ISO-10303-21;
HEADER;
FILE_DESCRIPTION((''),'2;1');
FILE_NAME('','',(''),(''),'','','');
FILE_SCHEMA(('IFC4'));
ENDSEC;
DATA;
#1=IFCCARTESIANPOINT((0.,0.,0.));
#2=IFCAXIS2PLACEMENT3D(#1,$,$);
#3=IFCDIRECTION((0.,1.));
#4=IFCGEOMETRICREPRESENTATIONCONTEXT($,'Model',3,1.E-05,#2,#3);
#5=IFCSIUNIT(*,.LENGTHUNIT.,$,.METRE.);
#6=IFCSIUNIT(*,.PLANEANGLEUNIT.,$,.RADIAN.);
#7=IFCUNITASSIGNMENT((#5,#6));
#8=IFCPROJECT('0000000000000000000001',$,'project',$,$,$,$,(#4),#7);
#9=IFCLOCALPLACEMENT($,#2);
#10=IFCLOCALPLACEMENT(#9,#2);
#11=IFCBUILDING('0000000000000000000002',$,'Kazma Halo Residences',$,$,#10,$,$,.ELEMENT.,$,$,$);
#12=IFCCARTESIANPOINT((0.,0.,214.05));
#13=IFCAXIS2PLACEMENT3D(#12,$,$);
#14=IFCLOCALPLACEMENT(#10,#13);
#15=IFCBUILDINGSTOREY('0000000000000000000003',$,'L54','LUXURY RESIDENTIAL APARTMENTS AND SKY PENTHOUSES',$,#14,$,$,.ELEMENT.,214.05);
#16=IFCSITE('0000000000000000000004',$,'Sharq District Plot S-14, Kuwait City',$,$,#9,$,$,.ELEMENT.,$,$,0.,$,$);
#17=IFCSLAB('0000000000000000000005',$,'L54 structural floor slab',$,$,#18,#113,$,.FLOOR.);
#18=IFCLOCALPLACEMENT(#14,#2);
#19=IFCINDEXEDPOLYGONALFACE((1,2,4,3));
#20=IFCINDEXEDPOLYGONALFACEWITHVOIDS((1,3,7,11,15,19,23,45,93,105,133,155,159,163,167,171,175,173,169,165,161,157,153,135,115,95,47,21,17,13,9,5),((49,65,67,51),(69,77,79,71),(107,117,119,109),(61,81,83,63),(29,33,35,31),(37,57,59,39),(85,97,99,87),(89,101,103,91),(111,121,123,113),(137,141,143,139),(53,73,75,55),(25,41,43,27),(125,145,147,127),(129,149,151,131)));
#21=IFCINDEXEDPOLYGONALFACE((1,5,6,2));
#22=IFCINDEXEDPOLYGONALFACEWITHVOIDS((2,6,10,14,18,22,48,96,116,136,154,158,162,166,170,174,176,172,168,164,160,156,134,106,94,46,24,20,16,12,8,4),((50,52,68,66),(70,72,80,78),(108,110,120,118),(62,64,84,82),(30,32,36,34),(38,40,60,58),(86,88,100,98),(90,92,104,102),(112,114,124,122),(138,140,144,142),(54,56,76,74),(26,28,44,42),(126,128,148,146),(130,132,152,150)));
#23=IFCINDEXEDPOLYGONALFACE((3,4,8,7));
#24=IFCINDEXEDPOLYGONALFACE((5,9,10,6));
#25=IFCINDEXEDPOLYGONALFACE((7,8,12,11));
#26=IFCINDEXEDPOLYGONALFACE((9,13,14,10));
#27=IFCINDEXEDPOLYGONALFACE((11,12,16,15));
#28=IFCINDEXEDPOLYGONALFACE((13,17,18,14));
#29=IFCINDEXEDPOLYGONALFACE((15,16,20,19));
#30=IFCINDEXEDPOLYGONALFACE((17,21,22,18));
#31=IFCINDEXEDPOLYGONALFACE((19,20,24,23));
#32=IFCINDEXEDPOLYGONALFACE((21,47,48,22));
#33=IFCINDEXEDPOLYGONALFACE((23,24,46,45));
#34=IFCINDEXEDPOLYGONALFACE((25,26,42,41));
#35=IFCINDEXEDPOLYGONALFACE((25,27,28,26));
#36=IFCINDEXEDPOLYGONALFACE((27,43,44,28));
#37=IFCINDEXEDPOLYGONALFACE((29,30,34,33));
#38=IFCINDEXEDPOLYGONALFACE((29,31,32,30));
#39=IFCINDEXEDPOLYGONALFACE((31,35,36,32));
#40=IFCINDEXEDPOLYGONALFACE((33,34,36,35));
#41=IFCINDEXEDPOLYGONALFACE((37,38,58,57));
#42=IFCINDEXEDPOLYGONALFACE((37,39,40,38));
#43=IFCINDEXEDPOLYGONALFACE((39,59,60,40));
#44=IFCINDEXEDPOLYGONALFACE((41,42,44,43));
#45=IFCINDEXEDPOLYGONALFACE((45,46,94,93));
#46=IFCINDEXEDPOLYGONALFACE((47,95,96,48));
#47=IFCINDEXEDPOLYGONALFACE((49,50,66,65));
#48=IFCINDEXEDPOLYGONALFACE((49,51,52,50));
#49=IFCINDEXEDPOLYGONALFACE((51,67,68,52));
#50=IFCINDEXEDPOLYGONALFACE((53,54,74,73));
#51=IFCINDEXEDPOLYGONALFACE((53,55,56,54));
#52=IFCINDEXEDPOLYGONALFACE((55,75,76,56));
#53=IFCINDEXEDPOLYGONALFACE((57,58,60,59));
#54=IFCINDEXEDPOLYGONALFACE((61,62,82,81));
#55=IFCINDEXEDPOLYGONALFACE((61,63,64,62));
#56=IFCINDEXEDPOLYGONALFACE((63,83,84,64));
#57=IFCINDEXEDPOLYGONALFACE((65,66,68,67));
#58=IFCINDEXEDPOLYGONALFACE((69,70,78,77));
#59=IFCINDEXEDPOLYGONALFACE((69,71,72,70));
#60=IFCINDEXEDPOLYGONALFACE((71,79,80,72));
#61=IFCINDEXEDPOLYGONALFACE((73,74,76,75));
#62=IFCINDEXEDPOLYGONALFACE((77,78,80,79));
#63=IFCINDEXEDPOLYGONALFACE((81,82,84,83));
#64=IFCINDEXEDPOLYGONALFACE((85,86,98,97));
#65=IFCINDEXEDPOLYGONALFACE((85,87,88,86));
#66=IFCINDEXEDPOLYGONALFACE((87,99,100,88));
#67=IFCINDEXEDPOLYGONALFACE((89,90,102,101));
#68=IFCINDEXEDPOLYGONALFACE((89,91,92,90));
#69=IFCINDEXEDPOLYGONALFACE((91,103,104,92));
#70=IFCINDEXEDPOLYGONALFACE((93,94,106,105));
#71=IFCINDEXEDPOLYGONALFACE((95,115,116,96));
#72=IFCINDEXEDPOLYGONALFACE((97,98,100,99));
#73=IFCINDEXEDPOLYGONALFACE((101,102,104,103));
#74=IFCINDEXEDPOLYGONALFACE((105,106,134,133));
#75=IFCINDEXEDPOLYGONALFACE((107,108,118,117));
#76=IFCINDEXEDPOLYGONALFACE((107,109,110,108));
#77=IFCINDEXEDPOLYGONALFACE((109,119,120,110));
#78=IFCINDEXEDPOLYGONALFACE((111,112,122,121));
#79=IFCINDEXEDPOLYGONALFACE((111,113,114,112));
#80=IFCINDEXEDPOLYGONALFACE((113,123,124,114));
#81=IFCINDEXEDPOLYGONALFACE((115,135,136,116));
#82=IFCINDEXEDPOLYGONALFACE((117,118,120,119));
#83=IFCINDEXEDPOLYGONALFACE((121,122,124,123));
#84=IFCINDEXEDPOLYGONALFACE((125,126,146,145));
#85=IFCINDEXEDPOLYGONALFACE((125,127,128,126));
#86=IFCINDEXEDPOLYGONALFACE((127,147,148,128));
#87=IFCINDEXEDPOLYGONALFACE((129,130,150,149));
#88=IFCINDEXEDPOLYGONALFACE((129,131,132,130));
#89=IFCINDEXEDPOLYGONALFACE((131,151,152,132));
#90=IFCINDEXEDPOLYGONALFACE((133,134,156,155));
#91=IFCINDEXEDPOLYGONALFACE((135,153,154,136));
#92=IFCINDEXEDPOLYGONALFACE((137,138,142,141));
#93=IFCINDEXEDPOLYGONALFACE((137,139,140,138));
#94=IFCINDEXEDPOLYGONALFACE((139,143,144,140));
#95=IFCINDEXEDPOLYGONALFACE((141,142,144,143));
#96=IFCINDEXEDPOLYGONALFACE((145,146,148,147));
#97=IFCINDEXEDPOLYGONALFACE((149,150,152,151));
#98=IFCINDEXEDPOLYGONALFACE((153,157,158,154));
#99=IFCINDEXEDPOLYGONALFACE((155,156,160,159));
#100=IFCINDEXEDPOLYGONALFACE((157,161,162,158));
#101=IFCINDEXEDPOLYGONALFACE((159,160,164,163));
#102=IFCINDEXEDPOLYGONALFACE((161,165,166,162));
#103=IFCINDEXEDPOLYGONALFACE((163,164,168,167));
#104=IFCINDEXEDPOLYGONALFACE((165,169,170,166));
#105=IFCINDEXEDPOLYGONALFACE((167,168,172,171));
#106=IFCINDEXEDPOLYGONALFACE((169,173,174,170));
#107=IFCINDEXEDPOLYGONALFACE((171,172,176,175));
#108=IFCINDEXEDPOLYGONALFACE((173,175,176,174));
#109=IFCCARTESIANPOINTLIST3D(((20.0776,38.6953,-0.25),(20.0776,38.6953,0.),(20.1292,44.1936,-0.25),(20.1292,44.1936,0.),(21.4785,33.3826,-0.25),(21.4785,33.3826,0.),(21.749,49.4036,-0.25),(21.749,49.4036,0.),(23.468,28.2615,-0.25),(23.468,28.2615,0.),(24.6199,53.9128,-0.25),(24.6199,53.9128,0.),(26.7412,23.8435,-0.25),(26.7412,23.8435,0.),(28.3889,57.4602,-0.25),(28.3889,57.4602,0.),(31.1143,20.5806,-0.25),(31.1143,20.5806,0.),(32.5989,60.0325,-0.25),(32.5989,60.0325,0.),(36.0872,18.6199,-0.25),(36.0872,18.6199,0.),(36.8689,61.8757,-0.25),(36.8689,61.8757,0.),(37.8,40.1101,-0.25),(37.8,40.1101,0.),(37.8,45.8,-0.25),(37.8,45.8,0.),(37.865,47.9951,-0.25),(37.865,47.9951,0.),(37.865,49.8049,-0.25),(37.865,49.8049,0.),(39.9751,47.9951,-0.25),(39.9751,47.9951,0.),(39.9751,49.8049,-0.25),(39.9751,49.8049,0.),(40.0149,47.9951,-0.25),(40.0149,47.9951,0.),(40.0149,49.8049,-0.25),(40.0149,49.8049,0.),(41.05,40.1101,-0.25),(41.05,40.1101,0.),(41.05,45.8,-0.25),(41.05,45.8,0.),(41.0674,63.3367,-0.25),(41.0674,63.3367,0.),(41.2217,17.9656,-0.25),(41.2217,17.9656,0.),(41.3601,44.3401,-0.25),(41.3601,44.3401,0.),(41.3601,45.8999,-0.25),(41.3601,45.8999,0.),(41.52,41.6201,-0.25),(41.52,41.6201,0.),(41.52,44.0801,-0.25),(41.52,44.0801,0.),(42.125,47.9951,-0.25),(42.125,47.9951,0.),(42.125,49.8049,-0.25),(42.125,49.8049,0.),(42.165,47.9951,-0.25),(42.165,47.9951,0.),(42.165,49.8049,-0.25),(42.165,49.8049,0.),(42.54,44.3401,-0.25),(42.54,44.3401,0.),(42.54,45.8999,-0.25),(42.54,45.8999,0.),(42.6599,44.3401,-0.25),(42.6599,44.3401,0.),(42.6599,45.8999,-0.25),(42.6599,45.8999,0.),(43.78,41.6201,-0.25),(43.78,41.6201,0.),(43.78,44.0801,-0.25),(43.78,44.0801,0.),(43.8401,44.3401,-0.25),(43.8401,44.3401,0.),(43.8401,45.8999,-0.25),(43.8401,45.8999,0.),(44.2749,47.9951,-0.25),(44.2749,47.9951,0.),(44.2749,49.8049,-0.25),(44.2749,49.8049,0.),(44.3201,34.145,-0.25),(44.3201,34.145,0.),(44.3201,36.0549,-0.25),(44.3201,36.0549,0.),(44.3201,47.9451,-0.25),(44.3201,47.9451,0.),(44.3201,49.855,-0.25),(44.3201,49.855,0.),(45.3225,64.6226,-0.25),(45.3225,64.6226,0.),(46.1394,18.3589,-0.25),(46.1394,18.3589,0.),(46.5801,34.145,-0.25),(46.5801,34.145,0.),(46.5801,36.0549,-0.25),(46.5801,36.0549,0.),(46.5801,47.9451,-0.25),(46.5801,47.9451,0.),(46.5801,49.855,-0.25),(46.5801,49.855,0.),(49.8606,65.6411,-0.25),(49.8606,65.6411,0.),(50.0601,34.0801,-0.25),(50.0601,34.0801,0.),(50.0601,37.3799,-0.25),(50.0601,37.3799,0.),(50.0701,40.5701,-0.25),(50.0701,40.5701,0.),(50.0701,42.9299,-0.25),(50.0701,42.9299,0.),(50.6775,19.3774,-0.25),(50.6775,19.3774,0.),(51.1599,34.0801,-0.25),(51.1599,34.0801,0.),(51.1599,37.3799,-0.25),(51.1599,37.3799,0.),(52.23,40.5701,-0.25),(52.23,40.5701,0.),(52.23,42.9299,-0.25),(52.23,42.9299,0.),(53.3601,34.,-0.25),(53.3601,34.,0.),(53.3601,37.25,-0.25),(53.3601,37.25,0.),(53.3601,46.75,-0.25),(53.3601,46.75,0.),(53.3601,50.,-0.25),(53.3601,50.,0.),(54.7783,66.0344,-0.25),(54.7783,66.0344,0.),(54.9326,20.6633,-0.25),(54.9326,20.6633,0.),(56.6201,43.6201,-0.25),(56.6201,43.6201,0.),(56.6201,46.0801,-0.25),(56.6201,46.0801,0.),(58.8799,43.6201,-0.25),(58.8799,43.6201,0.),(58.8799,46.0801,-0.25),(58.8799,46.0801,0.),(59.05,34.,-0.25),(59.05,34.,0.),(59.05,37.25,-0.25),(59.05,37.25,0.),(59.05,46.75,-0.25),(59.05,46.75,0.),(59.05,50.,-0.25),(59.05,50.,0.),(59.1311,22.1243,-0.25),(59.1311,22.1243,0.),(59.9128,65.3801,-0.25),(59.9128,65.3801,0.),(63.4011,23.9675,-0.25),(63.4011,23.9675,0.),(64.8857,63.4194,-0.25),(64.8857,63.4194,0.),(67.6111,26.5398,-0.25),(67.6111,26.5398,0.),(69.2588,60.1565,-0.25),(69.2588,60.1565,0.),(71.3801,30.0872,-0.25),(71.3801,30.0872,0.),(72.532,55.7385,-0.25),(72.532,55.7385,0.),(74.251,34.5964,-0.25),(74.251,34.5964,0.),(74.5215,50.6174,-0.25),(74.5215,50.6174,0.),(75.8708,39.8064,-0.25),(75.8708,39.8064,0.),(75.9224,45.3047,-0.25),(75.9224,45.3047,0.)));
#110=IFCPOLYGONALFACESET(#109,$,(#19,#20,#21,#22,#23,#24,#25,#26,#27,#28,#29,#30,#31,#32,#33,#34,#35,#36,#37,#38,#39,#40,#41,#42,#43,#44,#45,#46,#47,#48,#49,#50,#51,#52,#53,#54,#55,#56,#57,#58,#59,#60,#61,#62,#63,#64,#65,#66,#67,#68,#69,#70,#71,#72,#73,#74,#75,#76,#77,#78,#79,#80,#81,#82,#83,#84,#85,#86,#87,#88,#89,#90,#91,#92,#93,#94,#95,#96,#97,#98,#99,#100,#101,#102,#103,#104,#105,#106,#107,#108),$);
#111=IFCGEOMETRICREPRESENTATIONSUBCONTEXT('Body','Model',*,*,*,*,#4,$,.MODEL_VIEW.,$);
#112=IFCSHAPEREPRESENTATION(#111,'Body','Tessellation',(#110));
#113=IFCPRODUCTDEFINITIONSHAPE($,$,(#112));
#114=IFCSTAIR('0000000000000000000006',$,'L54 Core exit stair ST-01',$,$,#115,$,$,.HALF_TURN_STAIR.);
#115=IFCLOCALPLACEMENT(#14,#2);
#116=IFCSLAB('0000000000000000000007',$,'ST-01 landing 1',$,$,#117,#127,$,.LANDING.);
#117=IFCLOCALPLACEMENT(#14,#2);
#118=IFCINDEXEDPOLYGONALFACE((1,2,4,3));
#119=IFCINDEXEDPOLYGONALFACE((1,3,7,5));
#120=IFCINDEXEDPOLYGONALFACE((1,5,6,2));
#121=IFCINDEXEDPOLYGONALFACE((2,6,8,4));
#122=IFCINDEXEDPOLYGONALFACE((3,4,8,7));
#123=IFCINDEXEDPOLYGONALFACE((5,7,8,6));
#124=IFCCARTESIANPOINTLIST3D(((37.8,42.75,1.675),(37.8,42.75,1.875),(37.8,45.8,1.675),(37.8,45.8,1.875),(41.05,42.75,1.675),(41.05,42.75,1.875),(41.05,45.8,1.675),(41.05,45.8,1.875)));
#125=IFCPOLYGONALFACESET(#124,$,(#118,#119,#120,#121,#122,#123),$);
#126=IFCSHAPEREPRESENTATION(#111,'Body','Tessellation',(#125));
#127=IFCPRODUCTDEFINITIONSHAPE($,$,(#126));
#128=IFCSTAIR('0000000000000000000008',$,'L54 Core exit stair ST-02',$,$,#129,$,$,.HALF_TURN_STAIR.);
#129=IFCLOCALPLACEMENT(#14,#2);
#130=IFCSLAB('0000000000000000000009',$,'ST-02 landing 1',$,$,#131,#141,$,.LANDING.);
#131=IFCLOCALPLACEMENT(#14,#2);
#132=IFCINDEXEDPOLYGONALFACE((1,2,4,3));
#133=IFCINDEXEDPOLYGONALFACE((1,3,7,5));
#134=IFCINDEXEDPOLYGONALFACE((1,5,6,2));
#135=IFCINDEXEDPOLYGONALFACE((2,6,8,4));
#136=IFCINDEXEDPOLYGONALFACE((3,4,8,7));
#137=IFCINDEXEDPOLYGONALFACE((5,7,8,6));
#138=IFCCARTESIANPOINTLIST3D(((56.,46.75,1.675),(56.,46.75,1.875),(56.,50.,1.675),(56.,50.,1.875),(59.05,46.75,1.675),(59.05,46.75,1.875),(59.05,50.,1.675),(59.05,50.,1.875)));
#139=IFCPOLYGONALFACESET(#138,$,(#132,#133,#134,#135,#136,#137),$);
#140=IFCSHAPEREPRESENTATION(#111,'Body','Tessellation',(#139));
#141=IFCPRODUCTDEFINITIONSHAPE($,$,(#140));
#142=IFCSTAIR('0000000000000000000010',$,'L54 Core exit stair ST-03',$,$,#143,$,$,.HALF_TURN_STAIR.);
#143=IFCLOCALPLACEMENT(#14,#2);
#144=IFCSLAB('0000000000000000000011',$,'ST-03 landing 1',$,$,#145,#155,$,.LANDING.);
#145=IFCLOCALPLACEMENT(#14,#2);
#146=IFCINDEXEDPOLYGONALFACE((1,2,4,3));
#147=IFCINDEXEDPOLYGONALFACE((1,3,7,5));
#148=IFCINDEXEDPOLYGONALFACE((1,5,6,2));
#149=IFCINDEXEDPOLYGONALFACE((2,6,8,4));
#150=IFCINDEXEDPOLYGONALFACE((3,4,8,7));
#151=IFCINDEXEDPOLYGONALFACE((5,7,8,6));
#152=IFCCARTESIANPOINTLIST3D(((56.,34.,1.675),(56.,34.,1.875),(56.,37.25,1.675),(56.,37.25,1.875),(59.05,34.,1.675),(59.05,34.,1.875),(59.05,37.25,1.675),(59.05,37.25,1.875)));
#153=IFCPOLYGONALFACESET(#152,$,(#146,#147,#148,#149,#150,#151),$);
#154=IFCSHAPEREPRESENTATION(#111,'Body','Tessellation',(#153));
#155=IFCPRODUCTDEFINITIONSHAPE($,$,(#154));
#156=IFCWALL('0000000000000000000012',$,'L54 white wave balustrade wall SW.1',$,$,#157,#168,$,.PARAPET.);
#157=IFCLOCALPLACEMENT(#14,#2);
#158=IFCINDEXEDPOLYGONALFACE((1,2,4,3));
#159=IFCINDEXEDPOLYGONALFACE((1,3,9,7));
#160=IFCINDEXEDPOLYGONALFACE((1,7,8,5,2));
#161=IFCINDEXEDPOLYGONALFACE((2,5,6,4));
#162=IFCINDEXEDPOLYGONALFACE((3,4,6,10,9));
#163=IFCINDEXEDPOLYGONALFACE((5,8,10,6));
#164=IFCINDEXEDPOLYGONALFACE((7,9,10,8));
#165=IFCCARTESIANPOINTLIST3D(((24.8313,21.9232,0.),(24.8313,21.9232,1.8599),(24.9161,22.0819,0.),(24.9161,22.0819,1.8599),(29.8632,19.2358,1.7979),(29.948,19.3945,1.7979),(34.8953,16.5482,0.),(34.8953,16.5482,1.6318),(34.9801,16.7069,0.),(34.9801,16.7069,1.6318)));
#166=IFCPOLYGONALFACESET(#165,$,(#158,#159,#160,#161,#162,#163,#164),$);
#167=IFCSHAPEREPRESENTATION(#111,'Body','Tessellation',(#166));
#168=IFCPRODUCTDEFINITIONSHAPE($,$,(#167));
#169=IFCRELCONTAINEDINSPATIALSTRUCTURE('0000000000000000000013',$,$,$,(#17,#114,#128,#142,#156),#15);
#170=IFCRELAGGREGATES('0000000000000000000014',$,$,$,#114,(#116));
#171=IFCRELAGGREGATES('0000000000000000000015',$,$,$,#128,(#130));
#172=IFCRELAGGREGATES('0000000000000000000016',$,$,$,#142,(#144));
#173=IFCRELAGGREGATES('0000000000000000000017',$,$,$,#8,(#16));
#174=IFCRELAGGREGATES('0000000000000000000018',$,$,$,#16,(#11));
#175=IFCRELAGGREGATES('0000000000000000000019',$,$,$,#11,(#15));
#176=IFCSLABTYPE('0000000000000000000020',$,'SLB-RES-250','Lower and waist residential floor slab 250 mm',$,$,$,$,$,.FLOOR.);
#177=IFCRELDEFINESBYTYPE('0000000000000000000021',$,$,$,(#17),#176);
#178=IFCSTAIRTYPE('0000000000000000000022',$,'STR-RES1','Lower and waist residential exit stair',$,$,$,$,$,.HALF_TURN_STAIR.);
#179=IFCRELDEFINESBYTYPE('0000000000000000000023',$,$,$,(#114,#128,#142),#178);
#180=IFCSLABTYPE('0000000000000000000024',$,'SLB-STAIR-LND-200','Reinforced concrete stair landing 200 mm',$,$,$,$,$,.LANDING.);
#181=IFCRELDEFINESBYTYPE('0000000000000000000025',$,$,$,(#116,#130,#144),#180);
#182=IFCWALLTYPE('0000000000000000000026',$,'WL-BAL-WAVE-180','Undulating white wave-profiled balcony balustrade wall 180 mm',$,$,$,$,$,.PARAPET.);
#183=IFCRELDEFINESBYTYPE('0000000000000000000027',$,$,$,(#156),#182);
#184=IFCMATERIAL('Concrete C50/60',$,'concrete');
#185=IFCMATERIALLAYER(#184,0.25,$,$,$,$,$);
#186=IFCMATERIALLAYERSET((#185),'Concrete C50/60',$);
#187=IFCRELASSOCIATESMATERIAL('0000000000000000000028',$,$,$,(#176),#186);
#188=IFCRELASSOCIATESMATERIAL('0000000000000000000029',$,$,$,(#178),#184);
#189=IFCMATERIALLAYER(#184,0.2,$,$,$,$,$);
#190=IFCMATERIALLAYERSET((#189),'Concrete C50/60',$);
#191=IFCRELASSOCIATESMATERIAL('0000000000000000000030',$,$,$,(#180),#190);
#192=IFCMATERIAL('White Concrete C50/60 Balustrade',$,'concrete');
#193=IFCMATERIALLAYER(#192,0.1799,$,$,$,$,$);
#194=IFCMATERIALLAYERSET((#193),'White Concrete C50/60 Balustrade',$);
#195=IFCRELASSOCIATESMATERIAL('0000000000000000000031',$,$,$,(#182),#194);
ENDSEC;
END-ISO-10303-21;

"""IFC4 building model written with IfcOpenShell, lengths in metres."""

from ifc_helpers import new_model, si_unit, direction, frame, origin, place, context, subcontext, project, spatial, polyline, outline, extrude, material, layer, layer_set, type_object, element, aggregate, save


model = new_model("IFC4")

# Units and contexts
model_context = context("Model", 3, precision=1e-05, world=origin(), true_north=direction((0.0, 1.0)))
body_context = subcontext(model_context, "Body", "Model", "MODEL_VIEW")
ifc_project = project(units=[si_unit("LENGTHUNIT", "METRE"), si_unit("PLANEANGLEUNIT", "RADIAN")], contexts=[model_context])

# Site, building, storey
site_placement = place(None, origin())
site = spatial("IfcSite", under=ifc_project, at=site_placement, Name="Sharq District Plot S-14, Kuwait City", CompositionType="ELEMENT", RefElevation=0.0)
building_placement = place(site_placement, origin())
building = spatial("IfcBuilding", under=site, at=building_placement, Name="Kazma Halo Residences", CompositionType="ELEMENT")
storey_placement = place(building_placement, frame((0.0, 0.0, 214.05)))
storey = spatial("IfcBuildingStorey", under=building, at=storey_placement, Name="L54", Description="LUXURY RESIDENTIAL APARTMENTS AND SKY PENTHOUSES", CompositionType="ELEMENT", Elevation=214.05)

# Slab
ifc_material_1 = material(Name="Concrete C50/60", Category="concrete")
ifc_layer_1 = layer(ifc_material_1, 0.25)
ifc_layer_set_1 = layer_set([ifc_layer_1], Name="Concrete C50/60")
slab_type_1 = type_object("IfcSlabType", Name="SLB-RES-250", Description="Lower and waist residential floor slab 250 mm", PredefinedType="FLOOR", material=ifc_layer_set_1)
slab_1_placement = place(storey_placement, frame((0.0, 0.0, -0.25)))
element("IfcSlab", 1, at=slab_1_placement, inside=storey, type_object=slab_type_1, Name="L54 structural floor slab", PredefinedType="FLOOR", context=body_context, shape_type="SweptSolid", body=[
    extrude(outline(polyline([(74.5215, 50.6174), (72.532, 55.7385), (69.2588, 60.1565), (64.8857, 63.4194), (59.9128, 65.3801), (54.7783, 66.0344), (49.8606, 65.6411), (45.3225, 64.6226), (41.0674, 63.3367), (36.8689, 61.8757), (32.5989, 60.0325), (28.3889, 57.4602), (24.6199, 53.9128), (21.749, 49.4036), (20.1292, 44.1936), (20.0776, 38.6953), (21.4785, 33.3826), (23.468, 28.2615), (26.7412, 23.8435), (31.1143, 20.5806), (36.0872, 18.6199), (41.2217, 17.9656), (46.1394, 18.3589), (50.6775, 19.3774), (54.9326, 20.6633), (59.1311, 22.1243), (63.4011, 23.9675), (67.6111, 26.5398), (71.3801, 30.0872), (74.251, 34.5964), (75.8708, 39.8064), (75.9224, 45.3047), (74.5215, 50.6174)]), holes=[polyline([(37.8, 40.1101), (41.05, 40.1101), (41.05, 45.8), (37.8, 45.8), (37.8, 40.1101)]), polyline([(53.3601, 46.75), (59.05, 46.75), (59.05, 50.0), (53.3601, 50.0), (53.3601, 46.75)]), polyline([(53.3601, 34.0), (59.05, 34.0), (59.05, 37.25), (53.3601, 37.25), (53.3601, 34.0)]), polyline([(41.52, 41.6201), (43.78, 41.6201), (43.78, 44.0801), (41.52, 44.0801), (41.52, 41.6201)]), polyline([(56.6201, 43.6201), (58.8799, 43.6201), (58.8799, 46.0801), (56.6201, 46.0801), (56.6201, 43.6201)]), polyline([(37.865, 47.9951), (39.9751, 47.9951), (39.9751, 49.8049), (37.865, 49.8049), (37.865, 47.9951)]), polyline([(40.0149, 47.9951), (42.125, 47.9951), (42.125, 49.8049), (40.0149, 49.8049), (40.0149, 47.9951)]), polyline([(42.165, 47.9951), (44.2749, 47.9951), (44.2749, 49.8049), (42.165, 49.8049), (42.165, 47.9951)]), polyline([(44.3201, 47.9451), (46.5801, 47.9451), (46.5801, 49.855), (44.3201, 49.855), (44.3201, 47.9451)]), polyline([(44.3201, 34.145), (46.5801, 34.145), (46.5801, 36.0549), (44.3201, 36.0549), (44.3201, 34.145)]), polyline([(50.0701, 40.5701), (52.23, 40.5701), (52.23, 42.9299), (50.0701, 42.9299), (50.0701, 40.5701)]), polyline([(41.3601, 44.3401), (42.54, 44.3401), (42.54, 45.8999), (41.3601, 45.8999), (41.3601, 44.3401)]), polyline([(42.6599, 44.3401), (43.8401, 44.3401), (43.8401, 45.8999), (42.6599, 45.8999), (42.6599, 44.3401)]), polyline([(50.0601, 34.0801), (51.1599, 34.0801), (51.1599, 37.3799), (50.0601, 37.3799), (50.0601, 34.0801)])]), origin(), (0.0, 0.0, 1.0), 0.25),
])

# Stairs, slabs
stair_type = type_object("IfcStairType", Name="STR-RES1", Description="Lower and waist residential exit stair", PredefinedType="HALF_TURN_STAIR", material=ifc_material_1)
stair_1_placement = place(storey_placement, origin())
stair_1 = element("IfcStair", 2, at=stair_1_placement, inside=storey, type_object=stair_type, Name="L54 Core exit stair ST-01", PredefinedType="HALF_TURN_STAIR")
ifc_layer_2 = layer(ifc_material_1, 0.2)
ifc_layer_set_2 = layer_set([ifc_layer_2], Name="Concrete C50/60")
slab_type_2 = type_object("IfcSlabType", Name="SLB-STAIR-LND-200", Description="Reinforced concrete stair landing 200 mm", PredefinedType="LANDING", material=ifc_layer_set_2)
slab_2_placement = place(storey_placement, frame((0.0, 0.0, 1.675)))
slab_2 = element("IfcSlab", 3, at=slab_2_placement, type_object=slab_type_2, Name="ST-01 landing 1", PredefinedType="LANDING", context=body_context, shape_type="SweptSolid", body=[
    extrude(outline(polyline([(41.05, 42.75), (41.05, 45.8), (37.8, 45.8), (37.8, 42.75), (41.05, 42.75)])), origin(), (0.0, 0.0, 1.0), 0.2),
])
aggregate(stair_1, [slab_2])
stair_2_placement = place(storey_placement, origin())
stair_2 = element("IfcStair", 4, at=stair_2_placement, inside=storey, type_object=stair_type, Name="L54 Core exit stair ST-02", PredefinedType="HALF_TURN_STAIR")
slab_3_placement = place(storey_placement, frame((0.0, 0.0, 1.675)))
slab_3 = element("IfcSlab", 5, at=slab_3_placement, type_object=slab_type_2, Name="ST-02 landing 1", PredefinedType="LANDING", context=body_context, shape_type="SweptSolid", body=[
    extrude(outline(polyline([(56.0, 46.75), (59.05, 46.75), (59.05, 50.0), (56.0, 50.0), (56.0, 46.75)])), origin(), (0.0, 0.0, 1.0), 0.2),
])
aggregate(stair_2, [slab_3])
stair_3_placement = place(storey_placement, origin())
stair_3 = element("IfcStair", 6, at=stair_3_placement, inside=storey, type_object=stair_type, Name="L54 Core exit stair ST-03", PredefinedType="HALF_TURN_STAIR")
slab_4_placement = place(storey_placement, frame((0.0, 0.0, 1.675)))
slab_4 = element("IfcSlab", 7, at=slab_4_placement, type_object=slab_type_2, Name="ST-03 landing 1", PredefinedType="LANDING", context=body_context, shape_type="SweptSolid", body=[
    extrude(outline(polyline([(56.0, 34.0), (59.05, 34.0), (59.05, 37.25), (56.0, 37.25), (56.0, 34.0)])), origin(), (0.0, 0.0, 1.0), 0.2),
])
aggregate(stair_3, [slab_4])

# Wall
ifc_material_2 = material(Name="White Concrete C50/60 Balustrade", Category="concrete")
ifc_layer_3 = layer(ifc_material_2, 0.1799)
ifc_layer_set_3 = layer_set([ifc_layer_3], Name="White Concrete C50/60 Balustrade")
wall_type_1 = type_object("IfcWallType", Name="WL-BAL-WAVE-180", Description="Undulating white wave-profiled balcony balustrade wall 180 mm", PredefinedType="PARAPET", material=ifc_layer_set_3)
wall_1_placement = place(storey_placement, frame((24.8738, 22.0027, 0.0), z_axis=(0.0, 0.0, 1.0), x_axis=(0.882078, -0.471103, 0.0)))
element("IfcWall", 8, at=wall_1_placement, inside=storey, type_object=wall_type_1, Name="L54 white wave balustrade wall SW.1", PredefinedType="PARAPET", context=body_context, shape_type="SweptSolid", body=[
    extrude(outline(polyline([(0.0, 0.0), (11.4094, 0.0), (11.4094, 1.6318), (5.7046, 1.7979), (0.0, 1.8599), (0.0, 0.0)])), frame((0.0, 0.0898, 0.0), z_axis=(0.0, -1.0, 0.0), x_axis=(1.0, 0.0, 0.0)), (0.0, 0.0, 1.0), 0.1799),
])

save(model, "model.ifc")
